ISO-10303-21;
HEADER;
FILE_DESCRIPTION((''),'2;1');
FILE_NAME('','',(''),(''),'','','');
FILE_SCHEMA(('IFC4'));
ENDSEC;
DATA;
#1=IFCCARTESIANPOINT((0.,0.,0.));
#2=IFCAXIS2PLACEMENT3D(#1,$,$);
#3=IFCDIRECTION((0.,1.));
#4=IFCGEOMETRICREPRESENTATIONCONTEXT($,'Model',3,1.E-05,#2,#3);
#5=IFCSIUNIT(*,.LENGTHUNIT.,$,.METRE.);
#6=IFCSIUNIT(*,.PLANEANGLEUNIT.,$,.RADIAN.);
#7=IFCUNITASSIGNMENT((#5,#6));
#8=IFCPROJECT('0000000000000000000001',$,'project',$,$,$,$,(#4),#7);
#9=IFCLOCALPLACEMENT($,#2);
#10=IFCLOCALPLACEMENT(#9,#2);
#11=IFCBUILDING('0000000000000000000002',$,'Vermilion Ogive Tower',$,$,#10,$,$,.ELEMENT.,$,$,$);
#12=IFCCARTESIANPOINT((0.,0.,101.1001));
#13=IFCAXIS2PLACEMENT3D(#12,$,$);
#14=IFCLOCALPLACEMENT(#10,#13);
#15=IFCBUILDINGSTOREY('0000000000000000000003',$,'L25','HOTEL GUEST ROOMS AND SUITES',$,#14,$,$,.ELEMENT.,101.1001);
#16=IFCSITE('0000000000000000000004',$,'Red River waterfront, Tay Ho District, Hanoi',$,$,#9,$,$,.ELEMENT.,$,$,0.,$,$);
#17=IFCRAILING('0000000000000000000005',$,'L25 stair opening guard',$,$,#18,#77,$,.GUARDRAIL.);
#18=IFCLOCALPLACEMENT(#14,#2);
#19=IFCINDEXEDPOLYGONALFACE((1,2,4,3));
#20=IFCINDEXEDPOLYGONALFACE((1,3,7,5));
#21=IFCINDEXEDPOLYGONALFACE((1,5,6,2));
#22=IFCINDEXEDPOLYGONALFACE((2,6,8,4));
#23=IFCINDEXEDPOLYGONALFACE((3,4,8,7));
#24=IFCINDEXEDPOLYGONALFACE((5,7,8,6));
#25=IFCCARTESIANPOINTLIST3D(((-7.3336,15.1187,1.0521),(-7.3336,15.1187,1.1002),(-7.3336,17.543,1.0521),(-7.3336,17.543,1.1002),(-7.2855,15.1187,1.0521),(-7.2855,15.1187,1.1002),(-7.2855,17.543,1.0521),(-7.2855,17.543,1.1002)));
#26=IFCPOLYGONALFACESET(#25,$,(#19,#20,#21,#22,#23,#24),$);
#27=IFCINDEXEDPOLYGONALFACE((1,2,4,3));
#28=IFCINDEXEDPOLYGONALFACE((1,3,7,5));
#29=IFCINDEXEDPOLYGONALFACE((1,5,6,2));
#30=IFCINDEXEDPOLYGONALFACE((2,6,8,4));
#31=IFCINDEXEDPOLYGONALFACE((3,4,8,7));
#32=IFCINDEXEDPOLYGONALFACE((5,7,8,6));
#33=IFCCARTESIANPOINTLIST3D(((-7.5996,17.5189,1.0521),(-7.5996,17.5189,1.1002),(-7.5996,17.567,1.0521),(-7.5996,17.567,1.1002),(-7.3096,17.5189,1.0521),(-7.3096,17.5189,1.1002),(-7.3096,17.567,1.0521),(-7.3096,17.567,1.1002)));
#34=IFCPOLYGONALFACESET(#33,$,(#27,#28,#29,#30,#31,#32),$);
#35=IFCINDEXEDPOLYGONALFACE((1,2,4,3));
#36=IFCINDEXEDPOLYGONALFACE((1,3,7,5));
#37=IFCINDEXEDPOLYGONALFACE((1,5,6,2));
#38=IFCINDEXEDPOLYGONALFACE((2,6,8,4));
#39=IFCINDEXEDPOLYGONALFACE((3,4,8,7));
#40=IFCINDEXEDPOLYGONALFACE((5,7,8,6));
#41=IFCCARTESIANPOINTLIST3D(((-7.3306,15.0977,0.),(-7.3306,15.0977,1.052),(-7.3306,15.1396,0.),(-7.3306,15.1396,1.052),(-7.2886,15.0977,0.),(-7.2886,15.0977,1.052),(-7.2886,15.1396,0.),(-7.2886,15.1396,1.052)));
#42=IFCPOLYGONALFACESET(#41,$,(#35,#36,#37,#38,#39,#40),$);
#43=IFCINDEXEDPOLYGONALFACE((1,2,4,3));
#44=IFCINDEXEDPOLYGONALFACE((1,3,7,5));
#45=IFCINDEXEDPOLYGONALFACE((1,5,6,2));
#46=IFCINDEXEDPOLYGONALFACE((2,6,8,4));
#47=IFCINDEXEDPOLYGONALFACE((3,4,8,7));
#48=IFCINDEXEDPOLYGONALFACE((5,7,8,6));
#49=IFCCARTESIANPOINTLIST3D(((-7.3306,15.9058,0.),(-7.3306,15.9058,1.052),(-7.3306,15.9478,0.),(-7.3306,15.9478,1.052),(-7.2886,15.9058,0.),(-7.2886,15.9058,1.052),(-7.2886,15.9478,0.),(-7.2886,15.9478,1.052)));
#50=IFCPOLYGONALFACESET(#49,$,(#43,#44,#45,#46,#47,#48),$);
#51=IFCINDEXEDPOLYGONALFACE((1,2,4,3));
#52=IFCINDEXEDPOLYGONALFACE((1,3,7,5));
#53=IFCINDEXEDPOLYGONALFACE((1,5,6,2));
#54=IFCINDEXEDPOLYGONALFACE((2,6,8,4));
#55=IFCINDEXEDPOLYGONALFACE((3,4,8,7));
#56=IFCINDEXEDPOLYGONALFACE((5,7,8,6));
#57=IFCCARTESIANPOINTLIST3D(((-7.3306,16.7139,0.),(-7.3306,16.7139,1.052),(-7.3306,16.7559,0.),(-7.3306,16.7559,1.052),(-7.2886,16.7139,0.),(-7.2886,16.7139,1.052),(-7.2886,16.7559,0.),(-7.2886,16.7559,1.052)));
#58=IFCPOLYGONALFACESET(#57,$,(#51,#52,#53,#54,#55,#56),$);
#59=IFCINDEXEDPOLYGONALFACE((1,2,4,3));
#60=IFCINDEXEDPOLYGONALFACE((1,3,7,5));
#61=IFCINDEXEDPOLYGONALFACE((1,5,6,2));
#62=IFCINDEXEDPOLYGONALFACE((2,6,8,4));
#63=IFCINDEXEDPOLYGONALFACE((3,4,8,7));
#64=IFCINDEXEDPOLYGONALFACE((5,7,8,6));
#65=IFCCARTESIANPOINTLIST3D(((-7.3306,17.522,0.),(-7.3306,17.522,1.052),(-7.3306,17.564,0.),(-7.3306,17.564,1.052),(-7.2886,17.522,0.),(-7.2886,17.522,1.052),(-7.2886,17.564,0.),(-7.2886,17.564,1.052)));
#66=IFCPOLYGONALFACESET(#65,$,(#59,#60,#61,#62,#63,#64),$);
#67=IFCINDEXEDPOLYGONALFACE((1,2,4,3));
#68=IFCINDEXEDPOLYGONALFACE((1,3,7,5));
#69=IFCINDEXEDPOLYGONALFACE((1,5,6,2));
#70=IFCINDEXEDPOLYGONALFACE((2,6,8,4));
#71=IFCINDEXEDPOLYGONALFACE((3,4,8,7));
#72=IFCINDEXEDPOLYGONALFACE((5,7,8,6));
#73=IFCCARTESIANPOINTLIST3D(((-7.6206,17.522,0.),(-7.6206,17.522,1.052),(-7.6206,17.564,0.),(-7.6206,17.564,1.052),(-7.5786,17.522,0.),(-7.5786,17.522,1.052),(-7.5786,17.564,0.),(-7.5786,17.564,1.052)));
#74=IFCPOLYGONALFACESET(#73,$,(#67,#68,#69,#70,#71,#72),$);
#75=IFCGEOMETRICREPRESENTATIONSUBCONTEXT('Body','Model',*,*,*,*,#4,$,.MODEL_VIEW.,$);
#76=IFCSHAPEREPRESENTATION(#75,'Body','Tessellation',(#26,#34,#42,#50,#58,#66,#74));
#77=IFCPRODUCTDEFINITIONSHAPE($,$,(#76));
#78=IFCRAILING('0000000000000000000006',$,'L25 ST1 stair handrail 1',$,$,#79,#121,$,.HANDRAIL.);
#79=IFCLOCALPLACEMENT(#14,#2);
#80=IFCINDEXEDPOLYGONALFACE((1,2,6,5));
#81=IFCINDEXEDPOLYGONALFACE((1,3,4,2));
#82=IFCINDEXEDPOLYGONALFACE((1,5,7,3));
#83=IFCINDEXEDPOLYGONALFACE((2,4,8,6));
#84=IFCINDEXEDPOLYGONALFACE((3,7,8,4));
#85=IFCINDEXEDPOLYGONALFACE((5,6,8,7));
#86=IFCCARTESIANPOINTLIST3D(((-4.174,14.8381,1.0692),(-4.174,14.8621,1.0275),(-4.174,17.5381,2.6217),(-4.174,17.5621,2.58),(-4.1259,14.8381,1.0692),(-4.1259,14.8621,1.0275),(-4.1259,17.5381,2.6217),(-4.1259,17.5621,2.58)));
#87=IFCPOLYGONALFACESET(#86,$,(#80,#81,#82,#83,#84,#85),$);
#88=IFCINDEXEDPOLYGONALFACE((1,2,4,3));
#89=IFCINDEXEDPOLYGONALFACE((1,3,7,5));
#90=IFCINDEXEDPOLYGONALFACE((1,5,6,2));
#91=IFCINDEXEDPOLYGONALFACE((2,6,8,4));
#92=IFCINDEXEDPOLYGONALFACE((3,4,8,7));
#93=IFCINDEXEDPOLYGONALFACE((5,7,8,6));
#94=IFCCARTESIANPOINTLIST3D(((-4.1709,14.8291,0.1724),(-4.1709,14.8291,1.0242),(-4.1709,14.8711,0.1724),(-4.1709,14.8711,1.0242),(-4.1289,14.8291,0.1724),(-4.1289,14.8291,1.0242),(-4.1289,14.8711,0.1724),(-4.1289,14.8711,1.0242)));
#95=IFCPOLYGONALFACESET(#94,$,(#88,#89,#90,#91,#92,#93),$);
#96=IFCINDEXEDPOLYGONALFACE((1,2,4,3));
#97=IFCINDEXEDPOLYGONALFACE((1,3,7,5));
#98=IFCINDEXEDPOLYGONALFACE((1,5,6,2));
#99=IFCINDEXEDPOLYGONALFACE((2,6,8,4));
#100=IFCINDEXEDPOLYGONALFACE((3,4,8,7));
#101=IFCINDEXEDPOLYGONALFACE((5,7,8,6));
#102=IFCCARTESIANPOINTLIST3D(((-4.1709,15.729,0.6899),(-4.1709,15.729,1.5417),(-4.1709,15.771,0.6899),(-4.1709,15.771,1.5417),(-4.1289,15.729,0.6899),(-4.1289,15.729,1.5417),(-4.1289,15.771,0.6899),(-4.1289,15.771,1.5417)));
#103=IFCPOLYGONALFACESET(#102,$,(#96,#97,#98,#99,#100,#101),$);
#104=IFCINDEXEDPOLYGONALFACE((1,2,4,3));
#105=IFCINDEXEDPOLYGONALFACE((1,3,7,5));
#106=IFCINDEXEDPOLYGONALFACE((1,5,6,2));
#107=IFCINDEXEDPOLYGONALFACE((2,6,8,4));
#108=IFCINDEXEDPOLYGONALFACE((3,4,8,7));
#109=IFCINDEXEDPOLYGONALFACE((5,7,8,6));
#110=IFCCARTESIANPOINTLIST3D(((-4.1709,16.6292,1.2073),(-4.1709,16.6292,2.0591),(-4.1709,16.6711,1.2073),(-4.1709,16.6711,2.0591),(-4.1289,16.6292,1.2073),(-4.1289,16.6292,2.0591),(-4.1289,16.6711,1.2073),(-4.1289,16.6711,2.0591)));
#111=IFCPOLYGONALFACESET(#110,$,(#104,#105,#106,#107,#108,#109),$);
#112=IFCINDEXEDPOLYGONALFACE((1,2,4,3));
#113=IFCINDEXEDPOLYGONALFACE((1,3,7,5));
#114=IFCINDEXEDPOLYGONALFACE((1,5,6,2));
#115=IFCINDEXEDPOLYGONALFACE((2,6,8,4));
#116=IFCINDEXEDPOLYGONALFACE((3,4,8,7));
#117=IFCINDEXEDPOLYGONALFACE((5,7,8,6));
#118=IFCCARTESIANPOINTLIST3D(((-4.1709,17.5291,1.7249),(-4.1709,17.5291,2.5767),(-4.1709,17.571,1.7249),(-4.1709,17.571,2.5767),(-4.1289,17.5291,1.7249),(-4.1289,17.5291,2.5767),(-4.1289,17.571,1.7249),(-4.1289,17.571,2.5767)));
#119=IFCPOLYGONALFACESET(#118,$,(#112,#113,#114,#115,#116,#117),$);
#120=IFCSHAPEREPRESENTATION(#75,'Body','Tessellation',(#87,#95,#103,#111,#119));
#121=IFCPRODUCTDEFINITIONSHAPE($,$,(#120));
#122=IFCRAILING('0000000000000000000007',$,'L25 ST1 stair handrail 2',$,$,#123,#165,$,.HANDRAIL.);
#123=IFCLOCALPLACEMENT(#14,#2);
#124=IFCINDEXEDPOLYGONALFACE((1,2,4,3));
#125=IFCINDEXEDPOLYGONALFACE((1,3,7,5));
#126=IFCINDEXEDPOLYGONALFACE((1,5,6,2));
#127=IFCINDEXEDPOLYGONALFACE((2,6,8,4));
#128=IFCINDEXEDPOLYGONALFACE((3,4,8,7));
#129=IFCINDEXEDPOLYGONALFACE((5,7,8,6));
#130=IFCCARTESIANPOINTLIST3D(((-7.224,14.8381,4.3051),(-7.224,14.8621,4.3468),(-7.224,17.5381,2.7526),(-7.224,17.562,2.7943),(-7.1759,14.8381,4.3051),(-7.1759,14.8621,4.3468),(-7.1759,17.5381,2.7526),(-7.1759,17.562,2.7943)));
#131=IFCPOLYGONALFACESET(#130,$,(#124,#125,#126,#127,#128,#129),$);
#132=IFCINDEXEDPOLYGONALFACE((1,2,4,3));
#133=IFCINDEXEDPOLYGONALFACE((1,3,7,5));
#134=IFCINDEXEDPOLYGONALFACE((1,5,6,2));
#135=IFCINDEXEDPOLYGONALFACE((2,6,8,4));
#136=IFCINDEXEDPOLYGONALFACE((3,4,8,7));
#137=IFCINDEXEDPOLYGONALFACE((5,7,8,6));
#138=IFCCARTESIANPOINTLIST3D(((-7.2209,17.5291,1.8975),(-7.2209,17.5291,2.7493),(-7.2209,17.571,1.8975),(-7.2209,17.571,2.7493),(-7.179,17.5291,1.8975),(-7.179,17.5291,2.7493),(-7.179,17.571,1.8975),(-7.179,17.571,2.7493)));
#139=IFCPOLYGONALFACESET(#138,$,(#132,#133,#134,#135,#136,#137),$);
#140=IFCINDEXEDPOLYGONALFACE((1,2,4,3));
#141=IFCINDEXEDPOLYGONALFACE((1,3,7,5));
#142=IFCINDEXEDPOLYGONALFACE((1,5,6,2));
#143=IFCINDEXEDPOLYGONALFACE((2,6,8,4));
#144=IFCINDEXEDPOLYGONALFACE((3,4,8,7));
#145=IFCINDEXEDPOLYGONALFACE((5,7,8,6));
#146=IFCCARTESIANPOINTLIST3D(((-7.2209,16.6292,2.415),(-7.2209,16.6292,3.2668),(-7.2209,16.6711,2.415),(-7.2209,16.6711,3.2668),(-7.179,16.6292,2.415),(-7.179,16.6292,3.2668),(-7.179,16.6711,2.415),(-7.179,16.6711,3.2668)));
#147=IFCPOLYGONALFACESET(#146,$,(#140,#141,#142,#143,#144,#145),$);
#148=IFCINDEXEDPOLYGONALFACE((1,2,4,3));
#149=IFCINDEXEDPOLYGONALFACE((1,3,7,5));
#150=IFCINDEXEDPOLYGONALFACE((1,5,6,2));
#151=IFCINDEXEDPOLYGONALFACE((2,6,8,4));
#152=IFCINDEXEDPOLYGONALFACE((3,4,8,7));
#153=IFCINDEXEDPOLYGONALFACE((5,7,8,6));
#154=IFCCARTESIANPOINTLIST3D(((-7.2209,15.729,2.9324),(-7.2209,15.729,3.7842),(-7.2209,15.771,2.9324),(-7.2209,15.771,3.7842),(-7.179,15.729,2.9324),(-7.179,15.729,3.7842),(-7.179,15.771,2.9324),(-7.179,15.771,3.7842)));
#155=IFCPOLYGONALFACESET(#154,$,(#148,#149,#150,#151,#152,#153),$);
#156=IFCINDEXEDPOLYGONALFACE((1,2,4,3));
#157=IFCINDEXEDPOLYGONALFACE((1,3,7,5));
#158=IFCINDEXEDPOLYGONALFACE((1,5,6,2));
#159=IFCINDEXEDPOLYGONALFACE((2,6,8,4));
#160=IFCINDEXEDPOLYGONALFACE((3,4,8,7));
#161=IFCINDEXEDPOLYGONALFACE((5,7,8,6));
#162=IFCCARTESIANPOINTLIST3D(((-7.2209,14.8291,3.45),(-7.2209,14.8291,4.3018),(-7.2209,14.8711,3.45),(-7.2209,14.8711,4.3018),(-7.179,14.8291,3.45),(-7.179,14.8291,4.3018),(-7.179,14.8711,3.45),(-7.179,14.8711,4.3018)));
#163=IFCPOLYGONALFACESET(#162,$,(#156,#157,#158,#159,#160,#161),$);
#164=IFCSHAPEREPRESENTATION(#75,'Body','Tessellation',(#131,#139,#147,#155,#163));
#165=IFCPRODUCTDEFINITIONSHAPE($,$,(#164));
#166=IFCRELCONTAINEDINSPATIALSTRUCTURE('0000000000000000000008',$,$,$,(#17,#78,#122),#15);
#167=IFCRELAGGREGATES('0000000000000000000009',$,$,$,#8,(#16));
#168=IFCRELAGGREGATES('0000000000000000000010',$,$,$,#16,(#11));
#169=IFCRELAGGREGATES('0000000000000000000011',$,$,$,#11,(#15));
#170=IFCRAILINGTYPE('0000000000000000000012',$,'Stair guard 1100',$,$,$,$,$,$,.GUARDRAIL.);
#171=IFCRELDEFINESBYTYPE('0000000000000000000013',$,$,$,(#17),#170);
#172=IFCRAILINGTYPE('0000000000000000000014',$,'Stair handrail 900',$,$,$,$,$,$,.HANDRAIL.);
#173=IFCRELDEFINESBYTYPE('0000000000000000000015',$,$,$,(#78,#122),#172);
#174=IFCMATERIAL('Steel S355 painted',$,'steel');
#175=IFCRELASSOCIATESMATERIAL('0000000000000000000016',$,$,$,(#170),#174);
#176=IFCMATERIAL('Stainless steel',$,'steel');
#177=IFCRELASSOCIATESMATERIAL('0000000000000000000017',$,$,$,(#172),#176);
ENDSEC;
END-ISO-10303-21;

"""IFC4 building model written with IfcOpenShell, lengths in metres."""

from ifc_helpers import new_model, si_unit, direction, frame, origin, origin_2d, place, context, subcontext, project, spatial, rectangle, extrude, material, type_object, element, save


model = new_model("IFC4")

# Units and contexts
model_context = context("Model", 3, precision=1e-05, world=origin(), true_north=direction((0.0, 1.0)))
body_context = subcontext(model_context, "Body", "Model", "MODEL_VIEW")
ifc_project = project(units=[si_unit("LENGTHUNIT", "METRE"), si_unit("PLANEANGLEUNIT", "RADIAN")], contexts=[model_context])

# Site, building, storey
site_placement = place(None, origin())
site = spatial("IfcSite", under=ifc_project, at=site_placement, Name="Red River waterfront, Tay Ho District, Hanoi", CompositionType="ELEMENT", RefElevation=0.0)
building_placement = place(site_placement, origin())
building = spatial("IfcBuilding", under=site, at=building_placement, Name="Vermilion Ogive Tower", CompositionType="ELEMENT")
storey_placement = place(building_placement, frame((0.0, 0.0, 101.1001)))
storey = spatial("IfcBuildingStorey", under=building, at=storey_placement, Name="L25", Description="HOTEL GUEST ROOMS AND SUITES", CompositionType="ELEMENT", Elevation=101.1001)

# Railings
ifc_material_1 = material(Name="Steel S355 painted", Category="steel")
railing_type_1 = type_object("IfcRailingType", Name="Stair guard 1100", PredefinedType="GUARDRAIL", material=ifc_material_1)
railing_1_placement = place(storey_placement, frame((-7.3096, 15.1187, 0.0)))
element("IfcRailing", 1, at=railing_1_placement, inside=storey, type_object=railing_type_1, Name="L25 stair opening guard", PredefinedType="GUARDRAIL", context=body_context, shape_type="SweptSolid", body=[
    extrude(rectangle(XDim=0.0481, YDim=0.0481, at=origin_2d()), frame((0.0, 0.0, 1.0762), z_axis=(0.0, 1.0, 0.0), x_axis=(-1.0, 0.0, 0.0)), (0.0, 0.0, 1.0), 2.4243),
    extrude(rectangle(XDim=0.0481, YDim=0.0481, at=origin_2d()), frame((0.0, 2.4243, 1.0762), z_axis=(-1.0, 0.0, 0.0), x_axis=(0.0, -1.0, 0.0)), (0.0, 0.0, 1.0), 0.29),
    extrude(rectangle(XDim=0.042, YDim=0.042, at=origin_2d()), origin(), (0.0, 0.0, 1.0), 1.052),
    extrude(rectangle(XDim=0.042, YDim=0.042, at=origin_2d()), frame((0.0, 0.8081, 0.0)), (0.0, 0.0, 1.0), 1.052),
    extrude(rectangle(XDim=0.042, YDim=0.042, at=origin_2d()), frame((0.0, 1.6162, 0.0)), (0.0, 0.0, 1.0), 1.052),
    extrude(rectangle(XDim=0.042, YDim=0.042, at=origin_2d()), frame((0.0, 2.4243, 0.0)), (0.0, 0.0, 1.0), 1.052),
    extrude(rectangle(XDim=0.042, YDim=0.042, at=origin_2d()), frame((-0.29, 2.4243, 0.0)), (0.0, 0.0, 1.0), 1.052),
])
ifc_material_2 = material(Name="Stainless steel", Category="steel")
railing_type_2 = type_object("IfcRailingType", Name="Stair handrail 900", PredefinedType="HANDRAIL", material=ifc_material_2)
railing_2_placement = place(storey_placement, frame((-4.1499, 14.8501, 0.1724)))
element("IfcRailing", 2, at=railing_2_placement, inside=storey, type_object=railing_type_2, Name="L25 ST1 stair handrail 1", PredefinedType="HANDRAIL", context=body_context, shape_type="SweptSolid", body=[
    extrude(rectangle(XDim=0.0481, YDim=0.0481, at=origin_2d()), frame((0.0, 0.0, 0.876), z_axis=(0.0, 0.866904, 0.498476), x_axis=(-1.0, 0.0, 0.0)), (0.0, 0.0, 1.0), 3.1145),
    extrude(rectangle(XDim=0.042, YDim=0.042, at=origin_2d()), origin(), (0.0, 0.0, 1.0), 0.8518),
    extrude(rectangle(XDim=0.042, YDim=0.042, at=origin_2d()), frame((0.0, 0.8999, 0.5176)), (0.0, 0.0, 1.0), 0.8518),
    extrude(rectangle(XDim=0.042, YDim=0.042, at=origin_2d()), frame((0.0, 1.8, 1.0349)), (0.0, 0.0, 1.0), 0.8518),
    extrude(rectangle(XDim=0.042, YDim=0.042, at=origin_2d()), frame((0.0, 2.7, 1.5525)), (0.0, 0.0, 1.0), 0.8518),
])
railing_3_placement = place(storey_placement, frame((-7.2, 17.55, 1.8975)))
element("IfcRailing", 3, at=railing_3_placement, inside=storey, type_object=railing_type_2, Name="L25 ST1 stair handrail 2", PredefinedType="HANDRAIL", context=body_context, shape_type="SweptSolid", body=[
    extrude(rectangle(XDim=0.0481, YDim=0.0481, at=origin_2d()), frame((0.0, 0.0, 0.876), z_axis=(0.0, -0.866904, 0.498476), x_axis=(1.0, 0.0, 0.0)), (0.0, 0.0, 1.0), 3.1145),
    extrude(rectangle(XDim=0.042, YDim=0.042, at=origin_2d()), origin(), (0.0, 0.0, 1.0), 0.8518),
    extrude(rectangle(XDim=0.042, YDim=0.042, at=origin_2d()), frame((0.0, -0.8999, 0.5176)), (0.0, 0.0, 1.0), 0.8518),
    extrude(rectangle(XDim=0.042, YDim=0.042, at=origin_2d()), frame((0.0, -1.8, 1.0349)), (0.0, 0.0, 1.0), 0.8518),
    extrude(rectangle(XDim=0.042, YDim=0.042, at=origin_2d()), frame((0.0, -2.7, 1.5525)), (0.0, 0.0, 1.0), 0.8518),
])

save(model, "model.ifc")
